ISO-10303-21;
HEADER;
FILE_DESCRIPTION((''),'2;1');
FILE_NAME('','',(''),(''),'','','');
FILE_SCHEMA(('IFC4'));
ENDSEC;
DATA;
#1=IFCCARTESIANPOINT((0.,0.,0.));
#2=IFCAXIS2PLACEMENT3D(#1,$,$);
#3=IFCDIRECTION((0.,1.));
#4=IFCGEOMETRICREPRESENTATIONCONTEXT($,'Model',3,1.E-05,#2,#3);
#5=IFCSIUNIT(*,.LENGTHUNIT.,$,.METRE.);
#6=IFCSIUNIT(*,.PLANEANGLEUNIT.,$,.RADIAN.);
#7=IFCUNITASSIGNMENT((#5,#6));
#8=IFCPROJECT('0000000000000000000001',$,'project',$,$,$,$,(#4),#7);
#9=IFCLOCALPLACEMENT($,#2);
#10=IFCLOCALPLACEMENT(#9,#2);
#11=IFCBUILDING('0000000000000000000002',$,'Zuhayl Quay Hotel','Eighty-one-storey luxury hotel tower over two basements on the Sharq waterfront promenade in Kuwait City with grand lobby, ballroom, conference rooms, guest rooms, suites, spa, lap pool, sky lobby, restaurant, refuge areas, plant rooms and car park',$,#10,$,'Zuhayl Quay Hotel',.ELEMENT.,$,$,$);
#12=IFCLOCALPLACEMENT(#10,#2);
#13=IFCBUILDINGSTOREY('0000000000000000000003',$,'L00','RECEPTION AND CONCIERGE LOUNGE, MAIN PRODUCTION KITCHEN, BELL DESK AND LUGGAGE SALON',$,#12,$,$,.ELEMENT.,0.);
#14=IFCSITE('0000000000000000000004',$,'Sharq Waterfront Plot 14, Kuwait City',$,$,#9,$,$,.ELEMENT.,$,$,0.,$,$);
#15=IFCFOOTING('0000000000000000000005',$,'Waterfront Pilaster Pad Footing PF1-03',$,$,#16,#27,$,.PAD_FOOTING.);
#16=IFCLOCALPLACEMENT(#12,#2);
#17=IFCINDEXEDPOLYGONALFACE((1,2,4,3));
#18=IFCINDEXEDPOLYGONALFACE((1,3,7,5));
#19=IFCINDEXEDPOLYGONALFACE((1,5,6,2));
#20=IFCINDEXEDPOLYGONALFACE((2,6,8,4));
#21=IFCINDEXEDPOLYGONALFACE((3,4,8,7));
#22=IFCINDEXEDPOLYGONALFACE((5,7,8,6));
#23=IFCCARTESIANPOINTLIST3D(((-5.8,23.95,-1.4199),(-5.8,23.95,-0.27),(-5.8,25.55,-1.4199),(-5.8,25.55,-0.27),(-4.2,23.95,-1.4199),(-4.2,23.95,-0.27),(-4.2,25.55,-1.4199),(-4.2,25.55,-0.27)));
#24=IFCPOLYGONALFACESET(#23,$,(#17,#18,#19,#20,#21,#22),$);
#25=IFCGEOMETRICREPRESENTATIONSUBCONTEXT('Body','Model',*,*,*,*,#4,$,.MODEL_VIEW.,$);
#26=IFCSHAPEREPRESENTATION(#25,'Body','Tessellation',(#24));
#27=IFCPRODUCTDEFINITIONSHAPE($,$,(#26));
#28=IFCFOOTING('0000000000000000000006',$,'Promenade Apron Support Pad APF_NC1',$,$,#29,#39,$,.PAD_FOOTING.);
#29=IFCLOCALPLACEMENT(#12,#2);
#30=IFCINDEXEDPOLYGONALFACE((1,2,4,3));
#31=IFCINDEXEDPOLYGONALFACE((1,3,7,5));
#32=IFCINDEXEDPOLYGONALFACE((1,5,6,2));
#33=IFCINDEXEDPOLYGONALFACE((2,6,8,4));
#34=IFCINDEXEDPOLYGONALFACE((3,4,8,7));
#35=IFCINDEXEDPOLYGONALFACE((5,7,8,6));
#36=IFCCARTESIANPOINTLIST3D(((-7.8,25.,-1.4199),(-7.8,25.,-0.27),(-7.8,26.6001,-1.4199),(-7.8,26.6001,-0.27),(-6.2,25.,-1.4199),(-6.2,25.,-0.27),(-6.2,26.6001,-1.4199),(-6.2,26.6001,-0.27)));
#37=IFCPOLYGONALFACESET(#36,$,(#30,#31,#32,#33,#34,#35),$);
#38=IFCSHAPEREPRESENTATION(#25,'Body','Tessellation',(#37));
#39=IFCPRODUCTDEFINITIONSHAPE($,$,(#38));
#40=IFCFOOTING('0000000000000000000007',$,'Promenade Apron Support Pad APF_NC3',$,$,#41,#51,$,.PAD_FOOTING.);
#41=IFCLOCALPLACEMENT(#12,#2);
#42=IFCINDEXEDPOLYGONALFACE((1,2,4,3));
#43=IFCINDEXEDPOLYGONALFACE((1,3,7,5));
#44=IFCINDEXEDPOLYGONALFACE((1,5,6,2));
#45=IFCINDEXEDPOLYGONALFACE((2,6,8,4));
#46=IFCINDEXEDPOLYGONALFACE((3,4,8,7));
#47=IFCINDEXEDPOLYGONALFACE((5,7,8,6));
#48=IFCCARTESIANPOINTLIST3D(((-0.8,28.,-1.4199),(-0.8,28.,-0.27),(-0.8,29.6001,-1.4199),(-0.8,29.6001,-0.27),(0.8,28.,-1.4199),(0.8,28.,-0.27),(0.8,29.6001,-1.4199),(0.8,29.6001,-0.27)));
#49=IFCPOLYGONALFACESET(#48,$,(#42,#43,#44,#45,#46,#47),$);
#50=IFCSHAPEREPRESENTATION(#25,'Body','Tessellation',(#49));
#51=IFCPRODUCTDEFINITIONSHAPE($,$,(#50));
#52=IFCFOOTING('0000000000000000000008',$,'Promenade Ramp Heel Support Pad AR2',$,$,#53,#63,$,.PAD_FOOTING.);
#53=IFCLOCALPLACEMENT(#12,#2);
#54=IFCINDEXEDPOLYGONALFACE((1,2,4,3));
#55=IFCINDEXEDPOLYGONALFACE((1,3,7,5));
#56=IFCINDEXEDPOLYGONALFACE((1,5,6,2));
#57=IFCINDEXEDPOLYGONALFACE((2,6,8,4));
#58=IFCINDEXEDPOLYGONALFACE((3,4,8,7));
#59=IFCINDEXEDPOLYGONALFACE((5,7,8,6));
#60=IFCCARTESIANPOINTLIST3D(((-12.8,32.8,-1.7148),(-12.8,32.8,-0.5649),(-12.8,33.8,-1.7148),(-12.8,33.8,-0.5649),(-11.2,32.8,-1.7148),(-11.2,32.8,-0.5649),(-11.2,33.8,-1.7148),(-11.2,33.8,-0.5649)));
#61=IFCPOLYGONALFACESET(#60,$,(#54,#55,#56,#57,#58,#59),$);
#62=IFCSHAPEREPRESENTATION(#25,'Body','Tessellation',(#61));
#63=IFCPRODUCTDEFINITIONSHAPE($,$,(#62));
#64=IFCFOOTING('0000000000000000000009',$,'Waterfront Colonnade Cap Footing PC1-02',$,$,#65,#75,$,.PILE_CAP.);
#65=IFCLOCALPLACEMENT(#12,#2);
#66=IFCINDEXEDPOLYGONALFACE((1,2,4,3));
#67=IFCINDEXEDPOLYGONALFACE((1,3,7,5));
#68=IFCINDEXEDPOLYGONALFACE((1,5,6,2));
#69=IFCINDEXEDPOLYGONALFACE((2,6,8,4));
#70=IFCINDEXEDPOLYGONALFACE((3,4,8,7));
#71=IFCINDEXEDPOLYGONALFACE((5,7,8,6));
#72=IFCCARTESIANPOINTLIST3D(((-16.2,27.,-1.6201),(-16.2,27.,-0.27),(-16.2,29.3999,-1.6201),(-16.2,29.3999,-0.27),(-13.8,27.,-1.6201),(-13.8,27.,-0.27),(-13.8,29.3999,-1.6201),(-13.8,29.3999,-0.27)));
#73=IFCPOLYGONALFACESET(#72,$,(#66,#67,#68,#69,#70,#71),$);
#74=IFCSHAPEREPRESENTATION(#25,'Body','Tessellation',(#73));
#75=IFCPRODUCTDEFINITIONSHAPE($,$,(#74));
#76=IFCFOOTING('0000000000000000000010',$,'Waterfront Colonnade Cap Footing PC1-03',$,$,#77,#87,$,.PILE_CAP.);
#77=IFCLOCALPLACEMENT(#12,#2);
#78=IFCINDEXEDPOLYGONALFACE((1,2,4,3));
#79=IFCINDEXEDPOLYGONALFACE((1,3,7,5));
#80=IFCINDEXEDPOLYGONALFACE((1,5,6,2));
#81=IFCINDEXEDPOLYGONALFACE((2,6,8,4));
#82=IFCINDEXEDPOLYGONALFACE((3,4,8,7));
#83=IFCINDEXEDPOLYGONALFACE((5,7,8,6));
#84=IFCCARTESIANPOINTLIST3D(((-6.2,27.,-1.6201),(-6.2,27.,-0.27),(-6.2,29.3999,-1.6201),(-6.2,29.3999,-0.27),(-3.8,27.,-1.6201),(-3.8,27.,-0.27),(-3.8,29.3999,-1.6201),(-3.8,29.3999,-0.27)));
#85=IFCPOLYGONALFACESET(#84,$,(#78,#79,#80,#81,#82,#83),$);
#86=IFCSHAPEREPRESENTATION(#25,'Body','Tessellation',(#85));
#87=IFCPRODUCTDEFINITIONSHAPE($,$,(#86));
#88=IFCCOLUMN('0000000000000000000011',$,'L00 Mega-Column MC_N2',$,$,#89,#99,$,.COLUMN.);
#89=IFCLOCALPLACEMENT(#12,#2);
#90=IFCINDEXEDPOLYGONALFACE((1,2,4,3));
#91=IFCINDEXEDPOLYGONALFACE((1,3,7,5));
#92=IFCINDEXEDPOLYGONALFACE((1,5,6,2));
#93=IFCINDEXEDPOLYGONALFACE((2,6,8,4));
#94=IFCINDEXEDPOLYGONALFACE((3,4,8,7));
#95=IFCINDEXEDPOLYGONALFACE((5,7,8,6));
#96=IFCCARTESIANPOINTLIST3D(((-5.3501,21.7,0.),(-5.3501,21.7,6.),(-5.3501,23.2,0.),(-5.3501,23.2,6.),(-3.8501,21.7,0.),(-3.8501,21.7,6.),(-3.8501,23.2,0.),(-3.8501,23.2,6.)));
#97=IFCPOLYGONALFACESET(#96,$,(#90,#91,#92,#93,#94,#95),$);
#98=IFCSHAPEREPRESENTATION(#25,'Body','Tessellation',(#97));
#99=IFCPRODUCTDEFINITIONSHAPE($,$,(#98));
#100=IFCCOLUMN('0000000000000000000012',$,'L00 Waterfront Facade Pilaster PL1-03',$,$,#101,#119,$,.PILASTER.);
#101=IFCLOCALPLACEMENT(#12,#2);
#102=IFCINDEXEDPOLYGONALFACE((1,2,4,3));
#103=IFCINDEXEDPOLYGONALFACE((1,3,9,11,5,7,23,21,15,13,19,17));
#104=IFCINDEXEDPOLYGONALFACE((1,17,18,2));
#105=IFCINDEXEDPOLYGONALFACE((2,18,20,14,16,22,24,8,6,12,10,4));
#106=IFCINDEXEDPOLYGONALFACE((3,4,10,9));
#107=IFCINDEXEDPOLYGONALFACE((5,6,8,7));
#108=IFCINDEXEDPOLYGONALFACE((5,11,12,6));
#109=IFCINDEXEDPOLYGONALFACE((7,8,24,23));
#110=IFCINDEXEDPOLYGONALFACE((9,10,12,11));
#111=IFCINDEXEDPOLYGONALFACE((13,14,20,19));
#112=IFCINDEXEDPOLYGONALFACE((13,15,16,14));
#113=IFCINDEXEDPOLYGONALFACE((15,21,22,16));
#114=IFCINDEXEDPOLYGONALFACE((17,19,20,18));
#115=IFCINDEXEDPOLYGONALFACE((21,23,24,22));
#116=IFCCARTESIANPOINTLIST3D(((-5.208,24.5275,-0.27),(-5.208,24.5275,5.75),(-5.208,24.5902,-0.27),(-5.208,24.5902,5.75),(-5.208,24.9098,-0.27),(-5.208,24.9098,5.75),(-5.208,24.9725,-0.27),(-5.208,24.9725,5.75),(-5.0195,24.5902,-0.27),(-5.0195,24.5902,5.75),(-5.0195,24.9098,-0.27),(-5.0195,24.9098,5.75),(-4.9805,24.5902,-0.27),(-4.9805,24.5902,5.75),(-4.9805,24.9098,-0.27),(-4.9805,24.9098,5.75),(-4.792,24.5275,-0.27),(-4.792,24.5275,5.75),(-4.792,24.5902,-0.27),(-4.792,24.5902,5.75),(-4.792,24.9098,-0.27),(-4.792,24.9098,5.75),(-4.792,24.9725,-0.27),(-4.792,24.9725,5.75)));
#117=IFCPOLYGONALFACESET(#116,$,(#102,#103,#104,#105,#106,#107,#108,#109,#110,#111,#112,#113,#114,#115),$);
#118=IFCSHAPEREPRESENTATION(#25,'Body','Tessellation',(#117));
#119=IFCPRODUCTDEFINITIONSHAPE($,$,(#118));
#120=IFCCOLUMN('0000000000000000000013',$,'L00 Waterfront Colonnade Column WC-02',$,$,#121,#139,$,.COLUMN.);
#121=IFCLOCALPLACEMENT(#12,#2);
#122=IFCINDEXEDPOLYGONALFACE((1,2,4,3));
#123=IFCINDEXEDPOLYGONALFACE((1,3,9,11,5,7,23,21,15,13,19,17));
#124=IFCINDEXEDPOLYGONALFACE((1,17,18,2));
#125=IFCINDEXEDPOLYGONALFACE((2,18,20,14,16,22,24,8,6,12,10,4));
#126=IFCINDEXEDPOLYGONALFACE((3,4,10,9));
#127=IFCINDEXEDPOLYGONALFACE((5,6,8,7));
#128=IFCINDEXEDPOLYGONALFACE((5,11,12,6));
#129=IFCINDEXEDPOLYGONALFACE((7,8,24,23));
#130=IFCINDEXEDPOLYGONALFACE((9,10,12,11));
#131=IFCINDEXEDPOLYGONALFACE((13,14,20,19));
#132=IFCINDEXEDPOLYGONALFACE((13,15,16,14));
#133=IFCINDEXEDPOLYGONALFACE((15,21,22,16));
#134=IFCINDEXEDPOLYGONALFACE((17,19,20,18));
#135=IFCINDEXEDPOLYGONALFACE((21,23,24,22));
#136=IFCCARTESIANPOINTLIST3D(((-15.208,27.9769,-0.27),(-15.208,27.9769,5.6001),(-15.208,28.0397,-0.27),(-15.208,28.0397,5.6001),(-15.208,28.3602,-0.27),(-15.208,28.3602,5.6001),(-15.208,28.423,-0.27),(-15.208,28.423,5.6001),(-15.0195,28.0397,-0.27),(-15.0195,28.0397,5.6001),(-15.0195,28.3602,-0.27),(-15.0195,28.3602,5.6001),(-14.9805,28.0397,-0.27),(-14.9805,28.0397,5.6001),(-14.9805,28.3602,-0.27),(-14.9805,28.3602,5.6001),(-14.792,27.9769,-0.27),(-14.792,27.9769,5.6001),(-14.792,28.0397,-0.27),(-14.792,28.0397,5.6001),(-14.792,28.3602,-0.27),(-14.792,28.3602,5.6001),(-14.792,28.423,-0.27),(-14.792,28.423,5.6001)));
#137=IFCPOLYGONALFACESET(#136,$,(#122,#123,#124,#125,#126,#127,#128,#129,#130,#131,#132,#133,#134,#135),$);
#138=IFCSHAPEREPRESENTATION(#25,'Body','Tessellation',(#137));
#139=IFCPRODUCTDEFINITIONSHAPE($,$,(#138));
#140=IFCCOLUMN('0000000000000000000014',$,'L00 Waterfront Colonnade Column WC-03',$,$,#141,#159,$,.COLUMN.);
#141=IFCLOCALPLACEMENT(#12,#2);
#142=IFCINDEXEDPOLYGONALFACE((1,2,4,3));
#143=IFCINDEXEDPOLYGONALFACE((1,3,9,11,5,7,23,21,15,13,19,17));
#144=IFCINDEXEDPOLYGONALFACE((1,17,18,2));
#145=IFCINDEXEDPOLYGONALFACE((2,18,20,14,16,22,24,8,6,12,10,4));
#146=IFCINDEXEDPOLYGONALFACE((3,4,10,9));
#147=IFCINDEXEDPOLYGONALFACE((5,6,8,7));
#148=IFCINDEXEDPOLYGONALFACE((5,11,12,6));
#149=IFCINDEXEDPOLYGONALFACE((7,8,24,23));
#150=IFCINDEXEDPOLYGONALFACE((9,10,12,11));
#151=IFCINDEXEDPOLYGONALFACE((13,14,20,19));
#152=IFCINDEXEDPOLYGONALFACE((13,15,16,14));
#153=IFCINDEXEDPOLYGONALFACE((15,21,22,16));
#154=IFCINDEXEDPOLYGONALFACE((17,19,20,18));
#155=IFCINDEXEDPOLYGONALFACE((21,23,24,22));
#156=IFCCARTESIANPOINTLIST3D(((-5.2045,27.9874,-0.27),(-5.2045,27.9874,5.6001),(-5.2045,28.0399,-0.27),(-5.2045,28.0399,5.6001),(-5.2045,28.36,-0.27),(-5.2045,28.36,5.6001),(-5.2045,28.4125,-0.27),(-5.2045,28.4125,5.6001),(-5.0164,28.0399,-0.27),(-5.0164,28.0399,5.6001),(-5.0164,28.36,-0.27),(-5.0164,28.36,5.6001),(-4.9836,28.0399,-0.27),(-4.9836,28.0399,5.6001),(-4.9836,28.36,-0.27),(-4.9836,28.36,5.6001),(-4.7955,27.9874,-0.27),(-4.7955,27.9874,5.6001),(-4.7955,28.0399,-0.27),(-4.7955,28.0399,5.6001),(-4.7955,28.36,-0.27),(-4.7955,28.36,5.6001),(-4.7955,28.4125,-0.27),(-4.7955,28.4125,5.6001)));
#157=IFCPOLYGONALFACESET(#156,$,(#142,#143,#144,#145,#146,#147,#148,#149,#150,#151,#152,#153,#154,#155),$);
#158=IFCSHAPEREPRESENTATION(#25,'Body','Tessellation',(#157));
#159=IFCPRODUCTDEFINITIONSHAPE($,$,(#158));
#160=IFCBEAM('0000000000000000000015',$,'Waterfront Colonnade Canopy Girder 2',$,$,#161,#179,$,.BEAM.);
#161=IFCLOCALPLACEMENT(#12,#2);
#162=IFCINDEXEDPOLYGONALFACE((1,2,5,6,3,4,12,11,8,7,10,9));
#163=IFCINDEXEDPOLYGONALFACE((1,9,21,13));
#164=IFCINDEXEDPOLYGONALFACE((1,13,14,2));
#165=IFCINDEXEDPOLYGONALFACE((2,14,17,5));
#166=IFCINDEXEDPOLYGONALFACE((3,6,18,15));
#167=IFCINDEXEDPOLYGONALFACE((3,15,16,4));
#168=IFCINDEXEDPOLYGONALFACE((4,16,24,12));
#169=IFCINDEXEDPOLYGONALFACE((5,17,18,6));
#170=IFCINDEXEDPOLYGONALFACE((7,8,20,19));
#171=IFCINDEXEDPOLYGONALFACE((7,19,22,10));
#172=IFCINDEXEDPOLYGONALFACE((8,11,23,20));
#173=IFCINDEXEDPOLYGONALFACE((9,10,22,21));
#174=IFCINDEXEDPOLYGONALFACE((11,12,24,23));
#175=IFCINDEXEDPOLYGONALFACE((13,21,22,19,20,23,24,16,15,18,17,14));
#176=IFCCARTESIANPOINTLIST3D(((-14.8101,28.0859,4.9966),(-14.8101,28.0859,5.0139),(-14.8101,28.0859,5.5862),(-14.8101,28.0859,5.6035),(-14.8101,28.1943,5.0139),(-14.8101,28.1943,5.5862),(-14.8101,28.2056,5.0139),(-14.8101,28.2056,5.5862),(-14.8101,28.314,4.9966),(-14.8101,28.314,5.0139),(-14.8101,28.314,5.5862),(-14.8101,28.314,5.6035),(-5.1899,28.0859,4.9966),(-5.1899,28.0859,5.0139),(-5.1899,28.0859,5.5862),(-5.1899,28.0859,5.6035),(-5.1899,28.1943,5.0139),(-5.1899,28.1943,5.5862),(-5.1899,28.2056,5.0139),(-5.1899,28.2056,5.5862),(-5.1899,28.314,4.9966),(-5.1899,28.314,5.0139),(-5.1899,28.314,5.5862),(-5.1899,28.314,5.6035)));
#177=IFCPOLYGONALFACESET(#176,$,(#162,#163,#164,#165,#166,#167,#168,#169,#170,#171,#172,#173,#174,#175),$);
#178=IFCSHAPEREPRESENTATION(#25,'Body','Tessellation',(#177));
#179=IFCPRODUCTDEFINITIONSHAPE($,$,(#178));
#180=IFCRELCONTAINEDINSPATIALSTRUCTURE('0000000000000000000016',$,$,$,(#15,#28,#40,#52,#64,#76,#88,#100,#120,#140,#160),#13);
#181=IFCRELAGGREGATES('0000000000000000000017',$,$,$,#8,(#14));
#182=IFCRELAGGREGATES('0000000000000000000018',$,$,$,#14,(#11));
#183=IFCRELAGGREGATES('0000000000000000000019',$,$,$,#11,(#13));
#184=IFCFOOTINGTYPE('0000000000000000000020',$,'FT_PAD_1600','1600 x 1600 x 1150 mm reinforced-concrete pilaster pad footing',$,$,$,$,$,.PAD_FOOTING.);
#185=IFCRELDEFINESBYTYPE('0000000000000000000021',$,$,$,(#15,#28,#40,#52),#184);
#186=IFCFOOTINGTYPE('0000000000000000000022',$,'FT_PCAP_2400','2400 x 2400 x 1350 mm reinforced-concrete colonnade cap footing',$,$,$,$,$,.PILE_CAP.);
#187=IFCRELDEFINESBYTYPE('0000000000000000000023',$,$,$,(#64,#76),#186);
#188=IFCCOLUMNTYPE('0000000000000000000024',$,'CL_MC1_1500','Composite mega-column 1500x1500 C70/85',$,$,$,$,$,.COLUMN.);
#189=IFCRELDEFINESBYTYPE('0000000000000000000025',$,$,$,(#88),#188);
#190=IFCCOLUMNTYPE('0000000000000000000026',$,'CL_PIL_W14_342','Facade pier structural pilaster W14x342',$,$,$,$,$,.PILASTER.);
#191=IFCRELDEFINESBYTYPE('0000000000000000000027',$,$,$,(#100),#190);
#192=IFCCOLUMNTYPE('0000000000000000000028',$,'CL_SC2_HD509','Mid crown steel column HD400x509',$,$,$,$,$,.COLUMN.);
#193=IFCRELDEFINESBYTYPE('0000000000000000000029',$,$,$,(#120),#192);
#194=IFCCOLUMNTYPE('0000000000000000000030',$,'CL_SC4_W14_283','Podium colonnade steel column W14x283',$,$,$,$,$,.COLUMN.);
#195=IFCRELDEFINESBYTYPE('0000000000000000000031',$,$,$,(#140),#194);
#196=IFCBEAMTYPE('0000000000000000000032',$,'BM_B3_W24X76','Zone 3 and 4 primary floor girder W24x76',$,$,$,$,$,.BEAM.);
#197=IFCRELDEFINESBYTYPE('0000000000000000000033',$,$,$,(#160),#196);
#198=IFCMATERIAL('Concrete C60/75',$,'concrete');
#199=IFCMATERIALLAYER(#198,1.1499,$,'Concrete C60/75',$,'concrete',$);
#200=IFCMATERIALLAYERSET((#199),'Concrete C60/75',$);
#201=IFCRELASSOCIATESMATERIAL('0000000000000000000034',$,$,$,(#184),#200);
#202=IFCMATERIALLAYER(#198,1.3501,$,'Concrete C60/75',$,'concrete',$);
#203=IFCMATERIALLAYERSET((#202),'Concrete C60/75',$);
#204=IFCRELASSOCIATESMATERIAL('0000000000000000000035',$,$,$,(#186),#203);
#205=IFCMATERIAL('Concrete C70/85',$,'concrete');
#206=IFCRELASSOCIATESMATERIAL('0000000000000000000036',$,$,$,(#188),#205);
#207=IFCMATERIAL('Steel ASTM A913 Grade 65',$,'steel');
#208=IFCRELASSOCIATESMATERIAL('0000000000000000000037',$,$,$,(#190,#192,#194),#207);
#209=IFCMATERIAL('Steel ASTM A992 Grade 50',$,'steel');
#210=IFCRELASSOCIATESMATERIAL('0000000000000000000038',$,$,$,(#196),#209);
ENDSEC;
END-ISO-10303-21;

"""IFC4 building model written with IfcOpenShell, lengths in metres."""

from ifc_helpers import new_model, si_unit, direction, frame, origin, origin_2d, place, context, subcontext, project, spatial, rectangle, i_section, extrude, material, layer, layer_set, material_profile, profile_set, type_object, element, save


model = new_model("IFC4")

# Units and contexts
model_context = context("Model", 3, precision=1e-05, world=origin(), true_north=direction((0.0, 1.0)))
body_context = subcontext(model_context, "Body", "Model", "MODEL_VIEW")
ifc_project = project(units=[si_unit("LENGTHUNIT", "METRE"), si_unit("PLANEANGLEUNIT", "RADIAN")], contexts=[model_context])

# Site, building, storey
site_placement = place(None, origin())
site = spatial("IfcSite", under=ifc_project, at=site_placement, Name="Sharq Waterfront Plot 14, Kuwait City", CompositionType="ELEMENT", RefElevation=0.0)
building_placement = place(site_placement, origin())
building = spatial("IfcBuilding", under=site, at=building_placement, Name="Zuhayl Quay Hotel", Description="Eighty-one-storey luxury hotel tower over two basements on the Sharq waterfront promenade in Kuwait City with grand lobby, ballroom, conference rooms, guest rooms, suites, spa, lap pool, sky lobby, restaurant, refuge areas, plant rooms and car park", LongName="Zuhayl Quay Hotel", CompositionType="ELEMENT")
storey_placement = place(building_placement, origin())
storey = spatial("IfcBuildingStorey", under=building, at=storey_placement, Name="L00", Description="RECEPTION AND CONCIERGE LOUNGE, MAIN PRODUCTION KITCHEN, BELL DESK AND LUGGAGE SALON", CompositionType="ELEMENT", Elevation=0.0)

# Footings
ifc_material_1 = material(Name="Concrete C60/75", Category="concrete")
ifc_layer_1 = layer(ifc_material_1, 1.1499, Name="Concrete C60/75", Category="concrete")
ifc_layer_set_1 = layer_set([ifc_layer_1], Name="Concrete C60/75")
footing_type_1 = type_object("IfcFootingType", Name="FT_PAD_1600", Description="1600 x 1600 x 1150 mm reinforced-concrete pilaster pad footing", PredefinedType="PAD_FOOTING", material=ifc_layer_set_1)
for number, where, z_axis, x_axis, name in (
    (1, (-5.0, 24.75, -1.4199), (0.0, 0.0, 1.0), (1.0, 0.0, 0.0), "Waterfront Pilaster Pad Footing PF1-03"),
    (2, (-7.0, 25.8, -1.4199), (0.0, 0.0, 1.0), (1.0, 0.0, 0.0), "Promenade Apron Support Pad APF_NC1"),
    (3, (0.0, 28.8, -1.4199), (0.0, 0.0, 1.0), (1.0, 0.0, 0.0), "Promenade Apron Support Pad APF_NC3"),
):
    element("IfcFooting", number, at=place(storey_placement, frame(where, z_axis=z_axis, x_axis=x_axis)), inside=storey, type_object=footing_type_1, Name=name, PredefinedType="PAD_FOOTING", context=body_context, shape_type="SweptSolid", body=[
        extrude(rectangle(XDim=1.6001, YDim=1.6001, at=origin_2d()), origin(), (0.0, 0.0, 1.0), 1.1499),
    ])
footing_placement = place(storey_placement, frame((-12.0, 33.3, -1.7148), z_axis=(0.0, 0.0, 1.0), x_axis=(1.0, 0.0, 0.0)))
element("IfcFooting", 4, at=footing_placement, inside=storey, type_object=footing_type_1, Name="Promenade Ramp Heel Support Pad AR2", PredefinedType="PAD_FOOTING", context=body_context, shape_type="SweptSolid", body=[
    extrude(rectangle(XDim=1.6001, YDim=1.0, at=origin_2d()), origin(), (0.0, 0.0, 1.0), 1.1499),
])
ifc_layer_2 = layer(ifc_material_1, 1.3501, Name="Concrete C60/75", Category="concrete")
ifc_layer_set_2 = layer_set([ifc_layer_2], Name="Concrete C60/75")
footing_type_2 = type_object("IfcFootingType", Name="FT_PCAP_2400", Description="2400 x 2400 x 1350 mm reinforced-concrete colonnade cap footing", PredefinedType="PILE_CAP", material=ifc_layer_set_2)
for number, where, z_axis, x_axis, name in (
    (5, (-15.0, 28.2, -1.6201), (0.0, 0.0, 1.0), (1.0, 0.0, 0.0), "Waterfront Colonnade Cap Footing PC1-02"),
    (6, (-5.0, 28.2, -1.6201), (0.0, 0.0, 1.0), (1.0, 0.0, 0.0), "Waterfront Colonnade Cap Footing PC1-03"),
):
    element("IfcFooting", number, at=place(storey_placement, frame(where, z_axis=z_axis, x_axis=x_axis)), inside=storey, type_object=footing_type_2, Name=name, PredefinedType="PILE_CAP", context=body_context, shape_type="SweptSolid", body=[
        extrude(rectangle(XDim=2.3999, YDim=2.3999, at=origin_2d()), origin(), (0.0, 0.0, 1.0), 1.3501),
    ])

# Columns
ifc_material_2 = material(Name="Concrete C70/85", Category="concrete")
ifc_material_profile_1 = material_profile(ifc_material_2, rectangle(XDim=1.5, YDim=1.5, at=origin_2d()), Name="RC1500X1500")
ifc_profile_set_1 = profile_set([ifc_material_profile_1], Name="Concrete C70/85")
column_type_1 = type_object("IfcColumnType", Name="CL_MC1_1500", Description="Composite mega-column 1500x1500 C70/85", PredefinedType="COLUMN", material=ifc_profile_set_1)
column_1_placement = place(storey_placement, frame((-4.6001, 22.45, 0.0), z_axis=(0.0, 0.0, 1.0), x_axis=(1.0, 0.0, 0.0)))
element("IfcColumn", 7, at=column_1_placement, inside=storey, type_object=column_type_1, Name="L00 Mega-Column MC_N2", PredefinedType="COLUMN", context=body_context, shape_type="SweptSolid", body=[
    extrude(rectangle(XDim=1.5, YDim=1.5, at=origin_2d()), origin(), (0.0, 0.0, 1.0), 6.0),
])
ifc_material_3 = material(Name="Steel ASTM A913 Grade 65", Category="steel")
ifc_material_profile_2 = material_profile(ifc_material_3, i_section(OverallWidth=0.416, OverallDepth=0.4451, WebThickness=0.0391, FlangeThickness=0.0627, at=origin_2d()), Name="W14X342")
ifc_profile_set_2 = profile_set([ifc_material_profile_2], Name="Steel ASTM A913 Grade 65")
column_type_2 = type_object("IfcColumnType", Name="CL_PIL_W14_342", Description="Facade pier structural pilaster W14x342", PredefinedType="PILASTER", material=ifc_profile_set_2)
column_2_placement = place(storey_placement, frame((-5.0, 24.75, -0.27), z_axis=(0.0, 0.0, 1.0), x_axis=(1.0, 0.0, 0.0)))
element("IfcColumn", 8, at=column_2_placement, inside=storey, type_object=column_type_2, Name="L00 Waterfront Facade Pilaster PL1-03", PredefinedType="PILASTER", context=body_context, shape_type="SweptSolid", body=[
    extrude(i_section(OverallWidth=0.416, OverallDepth=0.4451, WebThickness=0.0391, FlangeThickness=0.0627, at=origin_2d()), origin(), (0.0, 0.0, 1.0), 6.02),
])
ifc_material_profile_3 = material_profile(ifc_material_3, i_section(OverallWidth=0.416, OverallDepth=0.446, WebThickness=0.0391, FlangeThickness=0.0627, at=origin_2d()), Name="HD400X509")
ifc_profile_set_3 = profile_set([ifc_material_profile_3], Name="Steel ASTM A913 Grade 65")
column_type_3 = type_object("IfcColumnType", Name="CL_SC2_HD509", Description="Mid crown steel column HD400x509", PredefinedType="COLUMN", material=ifc_profile_set_3)
column_3_placement = place(storey_placement, frame((-15.0, 28.2, -0.27), z_axis=(0.0, 0.0, 1.0), x_axis=(1.0, 0.0, 0.0)))
element("IfcColumn", 9, at=column_3_placement, inside=storey, type_object=column_type_3, Name="L00 Waterfront Colonnade Column WC-02", PredefinedType="COLUMN", context=body_context, shape_type="SweptSolid", body=[
    extrude(i_section(OverallWidth=0.416, OverallDepth=0.446, WebThickness=0.0391, FlangeThickness=0.0627, at=origin_2d()), origin(), (0.0, 0.0, 1.0), 5.8701),
])
ifc_material_profile_4 = material_profile(ifc_material_3, i_section(OverallWidth=0.4089, OverallDepth=0.425, WebThickness=0.0327, FlangeThickness=0.0525, at=origin_2d()), Name="W14X283")
ifc_profile_set_4 = profile_set([ifc_material_profile_4], Name="Steel ASTM A913 Grade 65")
column_type_4 = type_object("IfcColumnType", Name="CL_SC4_W14_283", Description="Podium colonnade steel column W14x283", PredefinedType="COLUMN", material=ifc_profile_set_4)
column_4_placement = place(storey_placement, frame((-5.0, 28.2, -0.27), z_axis=(0.0, 0.0, 1.0), x_axis=(1.0, 0.0, 0.0)))
element("IfcColumn", 10, at=column_4_placement, inside=storey, type_object=column_type_4, Name="L00 Waterfront Colonnade Column WC-03", PredefinedType="COLUMN", context=body_context, shape_type="SweptSolid", body=[
    extrude(i_section(OverallWidth=0.4089, OverallDepth=0.425, WebThickness=0.0327, FlangeThickness=0.0525, at=origin_2d()), origin(), (0.0, 0.0, 1.0), 5.8701),
])

# Beam
ifc_material_4 = material(Name="Steel ASTM A992 Grade 50", Category="steel")
ifc_material_profile_5 = material_profile(ifc_material_4, i_section(OverallWidth=0.228, OverallDepth=0.6069, WebThickness=0.0112, FlangeThickness=0.0173, at=origin_2d()), Name="W24X76")
ifc_profile_set_5 = profile_set([ifc_material_profile_5], Name="Steel ASTM A992 Grade 50")
beam_type_1 = type_object("IfcBeamType", Name="BM_B3_W24X76", Description="Zone 3 and 4 primary floor girder W24x76", PredefinedType="BEAM", material=ifc_profile_set_5)
for number, where, z_axis, x_axis, name in (
    (11, (-14.8101, 28.2, 5.3), (1.0, 0.0, 0.0), (0.0, 1.0, 0.0), "Waterfront Colonnade Canopy Girder 2"),
):
    element("IfcBeam", number, at=place(storey_placement, frame(where, z_axis=z_axis, x_axis=x_axis)), inside=storey, type_object=beam_type_1, Name=name, PredefinedType="BEAM", context=body_context, shape_type="SweptSolid", body=[
        extrude(i_section(OverallWidth=0.228, OverallDepth=0.6069, WebThickness=0.0112, FlangeThickness=0.0173, at=origin_2d()), origin(), (0.0, 0.0, 1.0), 9.6201),
    ])

save(model, "model.ifc")
